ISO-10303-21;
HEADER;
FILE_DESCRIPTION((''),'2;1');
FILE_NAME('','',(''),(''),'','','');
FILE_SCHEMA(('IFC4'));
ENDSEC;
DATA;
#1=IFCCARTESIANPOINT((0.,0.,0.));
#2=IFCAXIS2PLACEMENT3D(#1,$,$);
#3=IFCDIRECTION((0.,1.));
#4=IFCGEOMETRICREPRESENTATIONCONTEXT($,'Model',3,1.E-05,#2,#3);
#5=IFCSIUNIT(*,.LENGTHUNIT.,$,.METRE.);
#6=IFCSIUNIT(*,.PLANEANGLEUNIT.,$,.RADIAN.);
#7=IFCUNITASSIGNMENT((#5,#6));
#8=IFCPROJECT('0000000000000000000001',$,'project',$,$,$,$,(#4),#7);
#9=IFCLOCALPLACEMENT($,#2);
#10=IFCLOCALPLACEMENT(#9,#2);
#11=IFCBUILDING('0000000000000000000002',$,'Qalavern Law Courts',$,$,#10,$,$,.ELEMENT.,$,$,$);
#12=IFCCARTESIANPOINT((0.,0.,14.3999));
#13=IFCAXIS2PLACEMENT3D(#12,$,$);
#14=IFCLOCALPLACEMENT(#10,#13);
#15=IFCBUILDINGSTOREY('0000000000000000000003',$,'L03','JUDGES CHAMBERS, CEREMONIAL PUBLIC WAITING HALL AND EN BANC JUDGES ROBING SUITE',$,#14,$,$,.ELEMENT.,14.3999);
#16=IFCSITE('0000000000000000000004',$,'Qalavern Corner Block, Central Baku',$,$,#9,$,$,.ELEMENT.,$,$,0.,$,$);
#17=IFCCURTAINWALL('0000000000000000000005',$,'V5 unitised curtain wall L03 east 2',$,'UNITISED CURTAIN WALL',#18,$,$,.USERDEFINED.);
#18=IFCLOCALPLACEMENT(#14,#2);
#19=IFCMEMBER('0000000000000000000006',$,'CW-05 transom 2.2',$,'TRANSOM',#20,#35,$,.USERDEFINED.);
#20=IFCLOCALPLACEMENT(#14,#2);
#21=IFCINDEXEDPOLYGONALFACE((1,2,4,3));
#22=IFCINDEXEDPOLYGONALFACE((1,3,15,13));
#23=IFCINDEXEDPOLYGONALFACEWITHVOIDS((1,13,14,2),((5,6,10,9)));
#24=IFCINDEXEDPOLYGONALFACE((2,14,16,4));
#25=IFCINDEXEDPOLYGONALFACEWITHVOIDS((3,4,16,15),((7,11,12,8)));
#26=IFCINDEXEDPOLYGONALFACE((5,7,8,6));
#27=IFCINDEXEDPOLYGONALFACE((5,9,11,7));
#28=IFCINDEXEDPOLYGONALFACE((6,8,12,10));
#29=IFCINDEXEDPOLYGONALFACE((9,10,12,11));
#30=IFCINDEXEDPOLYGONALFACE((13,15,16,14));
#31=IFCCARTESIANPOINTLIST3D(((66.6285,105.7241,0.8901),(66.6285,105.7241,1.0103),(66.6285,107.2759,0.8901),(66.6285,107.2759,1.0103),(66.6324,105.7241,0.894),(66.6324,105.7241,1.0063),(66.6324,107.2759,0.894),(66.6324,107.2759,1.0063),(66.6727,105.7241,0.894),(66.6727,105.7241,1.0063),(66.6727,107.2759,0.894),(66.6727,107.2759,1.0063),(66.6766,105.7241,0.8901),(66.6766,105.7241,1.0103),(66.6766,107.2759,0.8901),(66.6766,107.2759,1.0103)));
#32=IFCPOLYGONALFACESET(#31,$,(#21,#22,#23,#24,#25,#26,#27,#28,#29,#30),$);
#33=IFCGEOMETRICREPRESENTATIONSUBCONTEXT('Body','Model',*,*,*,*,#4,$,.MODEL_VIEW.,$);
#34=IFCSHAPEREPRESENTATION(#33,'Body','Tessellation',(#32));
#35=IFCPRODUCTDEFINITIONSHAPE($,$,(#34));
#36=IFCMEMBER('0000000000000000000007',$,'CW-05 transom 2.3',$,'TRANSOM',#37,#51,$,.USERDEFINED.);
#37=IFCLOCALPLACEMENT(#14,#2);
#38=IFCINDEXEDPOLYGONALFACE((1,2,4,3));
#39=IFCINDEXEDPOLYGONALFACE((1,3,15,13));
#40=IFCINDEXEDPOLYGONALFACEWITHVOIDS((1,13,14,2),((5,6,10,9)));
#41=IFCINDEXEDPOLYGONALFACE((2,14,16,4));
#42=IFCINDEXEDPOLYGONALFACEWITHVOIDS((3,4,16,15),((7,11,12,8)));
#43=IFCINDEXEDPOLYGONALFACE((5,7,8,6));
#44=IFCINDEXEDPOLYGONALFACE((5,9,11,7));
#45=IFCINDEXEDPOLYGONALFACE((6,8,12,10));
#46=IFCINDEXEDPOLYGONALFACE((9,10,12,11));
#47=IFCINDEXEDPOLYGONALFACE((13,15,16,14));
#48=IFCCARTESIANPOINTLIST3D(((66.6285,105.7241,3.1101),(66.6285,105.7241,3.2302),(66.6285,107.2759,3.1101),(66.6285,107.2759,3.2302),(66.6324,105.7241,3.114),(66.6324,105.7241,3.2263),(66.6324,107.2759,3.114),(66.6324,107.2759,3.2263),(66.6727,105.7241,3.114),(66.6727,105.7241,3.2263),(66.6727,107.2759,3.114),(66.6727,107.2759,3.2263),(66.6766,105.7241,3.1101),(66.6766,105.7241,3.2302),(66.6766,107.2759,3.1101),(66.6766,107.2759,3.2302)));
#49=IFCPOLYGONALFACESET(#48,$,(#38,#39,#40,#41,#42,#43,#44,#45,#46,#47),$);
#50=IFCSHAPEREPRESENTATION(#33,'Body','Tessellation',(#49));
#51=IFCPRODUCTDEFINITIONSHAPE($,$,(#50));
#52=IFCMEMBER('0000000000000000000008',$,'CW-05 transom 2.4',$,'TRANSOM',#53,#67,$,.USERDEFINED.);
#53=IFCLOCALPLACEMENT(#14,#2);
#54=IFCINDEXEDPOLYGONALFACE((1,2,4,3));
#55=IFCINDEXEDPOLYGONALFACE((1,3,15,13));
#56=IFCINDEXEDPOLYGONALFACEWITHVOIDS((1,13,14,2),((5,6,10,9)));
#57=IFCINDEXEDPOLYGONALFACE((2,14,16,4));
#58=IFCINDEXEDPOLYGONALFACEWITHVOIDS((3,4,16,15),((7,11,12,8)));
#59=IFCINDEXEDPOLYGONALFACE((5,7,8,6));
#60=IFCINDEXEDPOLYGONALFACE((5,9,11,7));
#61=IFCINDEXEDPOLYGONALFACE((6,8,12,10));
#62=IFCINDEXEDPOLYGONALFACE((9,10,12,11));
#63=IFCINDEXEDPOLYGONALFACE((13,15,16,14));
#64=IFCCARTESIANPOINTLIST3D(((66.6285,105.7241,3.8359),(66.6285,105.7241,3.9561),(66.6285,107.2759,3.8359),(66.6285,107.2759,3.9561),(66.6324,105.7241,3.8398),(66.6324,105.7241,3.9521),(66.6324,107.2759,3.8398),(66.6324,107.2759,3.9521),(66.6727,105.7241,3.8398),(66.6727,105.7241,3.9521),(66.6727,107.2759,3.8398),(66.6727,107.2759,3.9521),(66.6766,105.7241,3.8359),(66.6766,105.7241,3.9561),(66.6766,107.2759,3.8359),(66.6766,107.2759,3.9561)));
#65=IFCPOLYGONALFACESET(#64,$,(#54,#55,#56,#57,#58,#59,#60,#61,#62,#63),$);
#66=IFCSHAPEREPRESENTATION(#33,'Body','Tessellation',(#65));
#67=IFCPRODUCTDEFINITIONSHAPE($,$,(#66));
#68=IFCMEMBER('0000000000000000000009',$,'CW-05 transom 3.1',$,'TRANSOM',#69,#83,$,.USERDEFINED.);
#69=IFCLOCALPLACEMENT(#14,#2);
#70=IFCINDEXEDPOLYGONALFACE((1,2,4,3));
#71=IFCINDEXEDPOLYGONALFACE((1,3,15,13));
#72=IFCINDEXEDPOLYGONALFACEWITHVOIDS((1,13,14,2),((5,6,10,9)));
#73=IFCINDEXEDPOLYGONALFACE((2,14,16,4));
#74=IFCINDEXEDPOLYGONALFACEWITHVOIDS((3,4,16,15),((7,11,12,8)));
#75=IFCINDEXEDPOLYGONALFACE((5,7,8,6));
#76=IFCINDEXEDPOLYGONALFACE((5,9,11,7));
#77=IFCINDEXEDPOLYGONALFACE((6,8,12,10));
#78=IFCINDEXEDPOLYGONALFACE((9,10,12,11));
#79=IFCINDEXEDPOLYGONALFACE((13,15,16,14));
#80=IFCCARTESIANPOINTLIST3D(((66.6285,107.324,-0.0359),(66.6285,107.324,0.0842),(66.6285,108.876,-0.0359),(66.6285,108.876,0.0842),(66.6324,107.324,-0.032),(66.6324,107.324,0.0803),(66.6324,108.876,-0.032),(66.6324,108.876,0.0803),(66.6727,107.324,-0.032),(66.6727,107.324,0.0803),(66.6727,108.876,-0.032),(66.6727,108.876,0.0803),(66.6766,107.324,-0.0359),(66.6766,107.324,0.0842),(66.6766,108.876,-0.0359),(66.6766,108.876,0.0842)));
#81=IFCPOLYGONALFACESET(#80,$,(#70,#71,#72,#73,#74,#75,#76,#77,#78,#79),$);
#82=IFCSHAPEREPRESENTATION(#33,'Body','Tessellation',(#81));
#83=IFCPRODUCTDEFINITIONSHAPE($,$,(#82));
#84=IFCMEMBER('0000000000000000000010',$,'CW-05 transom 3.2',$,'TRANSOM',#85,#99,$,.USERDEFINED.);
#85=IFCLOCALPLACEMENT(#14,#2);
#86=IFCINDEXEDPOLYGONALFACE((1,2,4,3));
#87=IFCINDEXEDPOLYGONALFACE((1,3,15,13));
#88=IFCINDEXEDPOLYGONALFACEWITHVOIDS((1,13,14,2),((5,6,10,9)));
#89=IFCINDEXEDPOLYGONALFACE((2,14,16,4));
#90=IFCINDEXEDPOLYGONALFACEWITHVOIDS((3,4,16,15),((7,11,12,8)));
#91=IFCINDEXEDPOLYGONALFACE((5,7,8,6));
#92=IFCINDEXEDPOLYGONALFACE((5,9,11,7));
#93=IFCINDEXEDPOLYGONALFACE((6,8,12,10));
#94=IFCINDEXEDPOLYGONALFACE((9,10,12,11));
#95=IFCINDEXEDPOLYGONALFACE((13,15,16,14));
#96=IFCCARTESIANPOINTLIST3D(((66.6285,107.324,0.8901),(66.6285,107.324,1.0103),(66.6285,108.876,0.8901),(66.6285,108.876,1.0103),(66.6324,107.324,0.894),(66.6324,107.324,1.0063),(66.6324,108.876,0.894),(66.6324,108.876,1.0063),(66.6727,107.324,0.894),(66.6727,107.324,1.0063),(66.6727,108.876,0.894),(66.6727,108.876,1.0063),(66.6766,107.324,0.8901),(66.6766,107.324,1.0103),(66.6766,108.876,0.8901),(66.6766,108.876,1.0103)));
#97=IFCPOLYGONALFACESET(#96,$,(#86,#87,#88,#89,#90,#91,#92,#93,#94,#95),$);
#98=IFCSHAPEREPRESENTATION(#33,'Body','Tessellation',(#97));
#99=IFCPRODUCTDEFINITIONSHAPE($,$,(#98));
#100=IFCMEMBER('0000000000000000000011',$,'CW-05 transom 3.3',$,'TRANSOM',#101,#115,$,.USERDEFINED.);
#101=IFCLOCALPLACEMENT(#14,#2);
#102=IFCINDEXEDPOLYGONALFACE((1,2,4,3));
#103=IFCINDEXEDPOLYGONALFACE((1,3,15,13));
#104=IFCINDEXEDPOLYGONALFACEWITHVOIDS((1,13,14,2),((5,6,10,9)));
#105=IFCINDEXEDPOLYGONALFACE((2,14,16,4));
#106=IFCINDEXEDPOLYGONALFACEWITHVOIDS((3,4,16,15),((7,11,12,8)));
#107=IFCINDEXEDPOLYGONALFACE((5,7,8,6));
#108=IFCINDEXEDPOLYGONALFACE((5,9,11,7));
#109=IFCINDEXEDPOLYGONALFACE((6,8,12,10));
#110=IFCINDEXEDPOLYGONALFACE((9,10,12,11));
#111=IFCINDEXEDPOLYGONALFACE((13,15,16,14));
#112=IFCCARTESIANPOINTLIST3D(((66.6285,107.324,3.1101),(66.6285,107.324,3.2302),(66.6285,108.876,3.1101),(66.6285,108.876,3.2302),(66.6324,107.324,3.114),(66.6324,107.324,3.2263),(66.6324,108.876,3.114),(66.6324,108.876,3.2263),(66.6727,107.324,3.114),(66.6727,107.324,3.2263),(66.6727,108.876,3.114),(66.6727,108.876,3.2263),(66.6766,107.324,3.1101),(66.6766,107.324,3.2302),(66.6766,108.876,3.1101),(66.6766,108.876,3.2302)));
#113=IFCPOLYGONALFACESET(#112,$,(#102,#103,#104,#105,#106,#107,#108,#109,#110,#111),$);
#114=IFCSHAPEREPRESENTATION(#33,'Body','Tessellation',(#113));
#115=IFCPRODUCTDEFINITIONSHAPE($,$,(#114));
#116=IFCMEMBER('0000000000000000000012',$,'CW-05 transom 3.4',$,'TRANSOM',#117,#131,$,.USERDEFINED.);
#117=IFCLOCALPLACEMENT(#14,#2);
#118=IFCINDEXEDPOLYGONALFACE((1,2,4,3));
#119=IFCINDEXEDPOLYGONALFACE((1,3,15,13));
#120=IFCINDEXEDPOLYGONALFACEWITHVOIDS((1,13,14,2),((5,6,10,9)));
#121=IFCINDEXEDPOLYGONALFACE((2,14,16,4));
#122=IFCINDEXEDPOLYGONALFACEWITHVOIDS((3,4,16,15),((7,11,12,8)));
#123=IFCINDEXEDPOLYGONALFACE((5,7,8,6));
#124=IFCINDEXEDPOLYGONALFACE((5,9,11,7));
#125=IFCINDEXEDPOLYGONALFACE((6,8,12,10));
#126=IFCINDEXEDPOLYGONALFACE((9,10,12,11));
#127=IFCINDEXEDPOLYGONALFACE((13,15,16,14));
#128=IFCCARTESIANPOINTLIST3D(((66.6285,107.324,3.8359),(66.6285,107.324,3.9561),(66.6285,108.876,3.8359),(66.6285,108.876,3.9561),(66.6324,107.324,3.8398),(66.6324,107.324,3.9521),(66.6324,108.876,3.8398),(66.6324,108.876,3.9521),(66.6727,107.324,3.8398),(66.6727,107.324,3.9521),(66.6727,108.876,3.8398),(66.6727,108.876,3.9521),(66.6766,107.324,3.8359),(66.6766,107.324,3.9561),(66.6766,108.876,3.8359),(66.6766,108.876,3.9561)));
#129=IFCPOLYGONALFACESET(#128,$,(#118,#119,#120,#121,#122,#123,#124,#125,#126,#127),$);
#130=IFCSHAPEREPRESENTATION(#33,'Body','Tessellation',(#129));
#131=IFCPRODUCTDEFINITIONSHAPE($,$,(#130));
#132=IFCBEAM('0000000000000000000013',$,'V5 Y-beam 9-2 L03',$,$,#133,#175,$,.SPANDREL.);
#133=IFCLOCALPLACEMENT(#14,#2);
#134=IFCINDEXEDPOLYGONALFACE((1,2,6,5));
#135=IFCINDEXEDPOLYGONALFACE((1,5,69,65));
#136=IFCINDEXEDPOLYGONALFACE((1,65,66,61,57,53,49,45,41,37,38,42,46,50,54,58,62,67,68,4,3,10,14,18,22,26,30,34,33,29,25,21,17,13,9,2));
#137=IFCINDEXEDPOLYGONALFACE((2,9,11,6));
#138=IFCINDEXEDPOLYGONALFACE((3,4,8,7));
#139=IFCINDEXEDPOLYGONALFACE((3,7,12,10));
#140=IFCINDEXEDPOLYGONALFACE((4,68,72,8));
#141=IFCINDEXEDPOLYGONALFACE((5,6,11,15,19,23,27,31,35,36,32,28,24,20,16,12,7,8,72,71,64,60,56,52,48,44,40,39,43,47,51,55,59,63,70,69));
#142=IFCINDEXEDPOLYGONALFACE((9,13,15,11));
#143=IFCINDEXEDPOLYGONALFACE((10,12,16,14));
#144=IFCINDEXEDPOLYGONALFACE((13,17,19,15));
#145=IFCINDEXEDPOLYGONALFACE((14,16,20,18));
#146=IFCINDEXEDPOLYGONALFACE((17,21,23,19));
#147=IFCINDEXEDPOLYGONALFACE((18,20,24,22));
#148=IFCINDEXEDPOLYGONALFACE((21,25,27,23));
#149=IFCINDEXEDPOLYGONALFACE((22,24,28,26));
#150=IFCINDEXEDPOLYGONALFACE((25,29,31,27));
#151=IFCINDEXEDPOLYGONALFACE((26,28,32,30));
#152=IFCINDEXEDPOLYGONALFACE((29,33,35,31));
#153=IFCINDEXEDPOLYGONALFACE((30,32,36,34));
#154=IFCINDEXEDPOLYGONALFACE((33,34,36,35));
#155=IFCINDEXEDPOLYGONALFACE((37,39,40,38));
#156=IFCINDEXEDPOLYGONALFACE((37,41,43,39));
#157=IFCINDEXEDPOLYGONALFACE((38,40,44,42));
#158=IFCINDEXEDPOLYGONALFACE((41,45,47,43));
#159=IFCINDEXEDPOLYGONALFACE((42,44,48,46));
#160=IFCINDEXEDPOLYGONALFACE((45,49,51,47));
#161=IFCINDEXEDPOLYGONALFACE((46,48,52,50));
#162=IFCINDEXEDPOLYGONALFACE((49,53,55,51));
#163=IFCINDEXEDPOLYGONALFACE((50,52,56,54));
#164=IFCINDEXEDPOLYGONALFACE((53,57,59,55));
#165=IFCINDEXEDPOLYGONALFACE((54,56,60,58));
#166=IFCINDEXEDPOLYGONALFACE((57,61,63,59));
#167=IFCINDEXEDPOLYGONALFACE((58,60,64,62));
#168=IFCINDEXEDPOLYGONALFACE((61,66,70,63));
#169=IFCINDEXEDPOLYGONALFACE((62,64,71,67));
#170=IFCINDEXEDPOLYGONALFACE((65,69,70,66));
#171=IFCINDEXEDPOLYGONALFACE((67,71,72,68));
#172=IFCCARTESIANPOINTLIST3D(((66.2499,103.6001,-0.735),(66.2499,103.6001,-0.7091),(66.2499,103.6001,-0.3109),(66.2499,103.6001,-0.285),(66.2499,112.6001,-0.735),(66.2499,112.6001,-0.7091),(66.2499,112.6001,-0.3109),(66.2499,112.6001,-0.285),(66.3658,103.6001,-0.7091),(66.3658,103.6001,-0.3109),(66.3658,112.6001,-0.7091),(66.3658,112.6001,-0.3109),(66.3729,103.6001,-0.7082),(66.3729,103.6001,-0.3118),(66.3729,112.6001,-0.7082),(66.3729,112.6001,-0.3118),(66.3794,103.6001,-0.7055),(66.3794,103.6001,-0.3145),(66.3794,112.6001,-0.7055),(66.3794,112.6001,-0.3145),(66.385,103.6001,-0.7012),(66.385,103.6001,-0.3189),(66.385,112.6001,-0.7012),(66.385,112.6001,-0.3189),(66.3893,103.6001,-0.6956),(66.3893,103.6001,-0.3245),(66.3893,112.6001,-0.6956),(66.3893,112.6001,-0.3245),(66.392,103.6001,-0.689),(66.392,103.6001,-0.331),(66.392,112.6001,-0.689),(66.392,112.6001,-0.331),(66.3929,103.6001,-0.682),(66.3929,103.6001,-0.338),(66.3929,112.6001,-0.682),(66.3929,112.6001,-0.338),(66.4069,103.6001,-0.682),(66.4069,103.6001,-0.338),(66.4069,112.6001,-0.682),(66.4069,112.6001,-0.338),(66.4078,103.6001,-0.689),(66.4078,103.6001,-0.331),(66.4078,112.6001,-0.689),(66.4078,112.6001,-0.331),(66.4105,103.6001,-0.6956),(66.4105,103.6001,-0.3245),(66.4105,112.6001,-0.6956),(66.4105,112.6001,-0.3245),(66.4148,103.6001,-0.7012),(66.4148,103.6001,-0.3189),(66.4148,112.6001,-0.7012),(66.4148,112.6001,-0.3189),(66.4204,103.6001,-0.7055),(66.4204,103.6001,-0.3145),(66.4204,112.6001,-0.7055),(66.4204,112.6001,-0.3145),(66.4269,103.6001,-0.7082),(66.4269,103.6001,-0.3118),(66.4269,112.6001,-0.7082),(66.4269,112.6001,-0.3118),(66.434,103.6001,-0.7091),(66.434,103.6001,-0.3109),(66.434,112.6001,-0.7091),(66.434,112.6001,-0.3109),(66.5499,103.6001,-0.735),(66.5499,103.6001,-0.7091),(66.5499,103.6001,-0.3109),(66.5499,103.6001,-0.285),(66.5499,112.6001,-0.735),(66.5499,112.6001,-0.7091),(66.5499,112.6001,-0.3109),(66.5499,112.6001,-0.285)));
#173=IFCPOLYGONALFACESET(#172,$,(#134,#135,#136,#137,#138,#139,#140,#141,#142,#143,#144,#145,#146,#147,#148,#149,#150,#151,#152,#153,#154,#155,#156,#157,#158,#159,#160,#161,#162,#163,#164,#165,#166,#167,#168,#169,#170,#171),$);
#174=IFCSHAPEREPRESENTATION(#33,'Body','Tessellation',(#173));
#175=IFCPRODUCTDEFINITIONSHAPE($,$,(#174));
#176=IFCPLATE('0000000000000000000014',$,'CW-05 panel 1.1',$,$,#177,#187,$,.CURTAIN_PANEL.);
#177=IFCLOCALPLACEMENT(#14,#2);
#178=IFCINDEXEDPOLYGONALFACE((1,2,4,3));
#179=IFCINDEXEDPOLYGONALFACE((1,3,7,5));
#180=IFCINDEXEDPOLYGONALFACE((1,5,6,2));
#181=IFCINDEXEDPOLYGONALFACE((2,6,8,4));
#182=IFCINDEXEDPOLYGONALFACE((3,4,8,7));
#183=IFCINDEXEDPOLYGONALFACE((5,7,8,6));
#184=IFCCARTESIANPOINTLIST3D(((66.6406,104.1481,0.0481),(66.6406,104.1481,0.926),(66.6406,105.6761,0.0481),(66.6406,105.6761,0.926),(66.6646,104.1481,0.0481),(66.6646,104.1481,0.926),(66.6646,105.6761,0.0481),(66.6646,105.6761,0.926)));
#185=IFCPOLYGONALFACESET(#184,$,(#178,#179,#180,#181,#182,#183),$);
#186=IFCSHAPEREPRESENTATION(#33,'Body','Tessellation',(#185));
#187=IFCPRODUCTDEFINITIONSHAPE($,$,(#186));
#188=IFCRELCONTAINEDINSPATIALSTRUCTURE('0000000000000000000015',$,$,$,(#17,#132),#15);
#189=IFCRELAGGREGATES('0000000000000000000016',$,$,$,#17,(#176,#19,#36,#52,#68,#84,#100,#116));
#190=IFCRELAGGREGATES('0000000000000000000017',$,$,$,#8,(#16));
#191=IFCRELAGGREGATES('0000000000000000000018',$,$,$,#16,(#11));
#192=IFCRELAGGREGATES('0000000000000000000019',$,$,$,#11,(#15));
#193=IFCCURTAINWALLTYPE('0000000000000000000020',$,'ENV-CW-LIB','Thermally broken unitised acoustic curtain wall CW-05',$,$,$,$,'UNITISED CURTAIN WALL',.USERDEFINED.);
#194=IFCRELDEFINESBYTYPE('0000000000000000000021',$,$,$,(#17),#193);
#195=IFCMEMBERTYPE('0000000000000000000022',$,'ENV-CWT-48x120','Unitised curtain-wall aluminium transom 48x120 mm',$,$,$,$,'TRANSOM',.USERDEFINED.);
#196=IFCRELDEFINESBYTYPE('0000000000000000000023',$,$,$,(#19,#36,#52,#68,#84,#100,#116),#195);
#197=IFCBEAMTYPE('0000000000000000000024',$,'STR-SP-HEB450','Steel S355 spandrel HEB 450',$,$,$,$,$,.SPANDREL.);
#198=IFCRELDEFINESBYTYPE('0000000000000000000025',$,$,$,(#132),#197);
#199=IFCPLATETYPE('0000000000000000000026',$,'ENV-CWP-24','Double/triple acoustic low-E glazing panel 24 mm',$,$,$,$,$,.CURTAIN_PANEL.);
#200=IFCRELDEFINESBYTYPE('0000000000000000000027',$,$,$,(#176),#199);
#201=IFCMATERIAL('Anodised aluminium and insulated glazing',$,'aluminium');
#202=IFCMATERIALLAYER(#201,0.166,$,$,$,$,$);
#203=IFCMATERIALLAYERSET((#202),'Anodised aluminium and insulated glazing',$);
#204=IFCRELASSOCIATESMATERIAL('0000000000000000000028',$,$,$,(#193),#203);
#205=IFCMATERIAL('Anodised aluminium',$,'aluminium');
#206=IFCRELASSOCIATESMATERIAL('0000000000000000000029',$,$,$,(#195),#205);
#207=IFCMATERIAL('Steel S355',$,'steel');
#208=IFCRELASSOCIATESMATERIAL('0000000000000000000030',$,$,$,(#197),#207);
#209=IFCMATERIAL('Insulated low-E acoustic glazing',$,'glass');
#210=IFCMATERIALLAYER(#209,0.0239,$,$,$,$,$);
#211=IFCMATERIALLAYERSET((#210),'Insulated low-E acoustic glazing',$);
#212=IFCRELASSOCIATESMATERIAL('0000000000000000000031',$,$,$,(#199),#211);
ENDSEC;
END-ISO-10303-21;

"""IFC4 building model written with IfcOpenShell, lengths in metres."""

from ifc_helpers import new_model, si_unit, direction, frame, origin, origin_2d, place, context, subcontext, project, spatial, rectangle, hollow_rectangle, i_section, extrude, material, layer, layer_set, material_profile, profile_set, type_object, element, aggregate, save


model = new_model("IFC4")

# Units and contexts
model_context = context("Model", 3, precision=1e-05, world=origin(), true_north=direction((0.0, 1.0)))
body_context = subcontext(model_context, "Body", "Model", "MODEL_VIEW")
ifc_project = project(units=[si_unit("LENGTHUNIT", "METRE"), si_unit("PLANEANGLEUNIT", "RADIAN")], contexts=[model_context])

# Site, building, storey
site_placement = place(None, origin())
site = spatial("IfcSite", under=ifc_project, at=site_placement, Name="Qalavern Corner Block, Central Baku", CompositionType="ELEMENT", RefElevation=0.0)
building_placement = place(site_placement, origin())
building = spatial("IfcBuilding", under=site, at=building_placement, Name="Qalavern Law Courts", CompositionType="ELEMENT")
storey_placement = place(building_placement, frame((0.0, 0.0, 14.3999)))
storey = spatial("IfcBuildingStorey", under=building, at=storey_placement, Name="L03", Description="JUDGES CHAMBERS, CEREMONIAL PUBLIC WAITING HALL AND EN BANC JUDGES ROBING SUITE", CompositionType="ELEMENT", Elevation=14.3999)

# Shared definitions
ifc_material_1 = material(Name="Anodised aluminium and insulated glazing", Category="aluminium")
ifc_layer_1 = layer(ifc_material_1, 0.166)
ifc_layer_set_1 = layer_set([ifc_layer_1], Name="Anodised aluminium and insulated glazing")
curtain_wall_type = type_object("IfcCurtainWallType", Name="ENV-CW-LIB", Description="Thermally broken unitised acoustic curtain wall CW-05", ElementType="UNITISED CURTAIN WALL", PredefinedType="USERDEFINED", material=ifc_layer_set_1)
ifc_material_2 = material(Name="Anodised aluminium", Category="aluminium")

# Curtain wall
curtain_wall_1_placement = place(storey_placement, origin())
curtain_wall_1 = element("IfcCurtainWall", 1, at=curtain_wall_1_placement, inside=storey, type_object=curtain_wall_type, Name="V5 unitised curtain wall L03 east 2", ObjectType="UNITISED CURTAIN WALL", PredefinedType="USERDEFINED")

# Members
ifc_material_profile_1 = material_profile(ifc_material_2, hollow_rectangle(XDim=0.0481, YDim=0.1201, WallThickness=0.0039, at=origin_2d()), Name="ALU TRANSOM 48x120")
ifc_profile_set_1 = profile_set([ifc_material_profile_1], Name="Anodised aluminium")
member_type_1 = type_object("IfcMemberType", Name="ENV-CWT-48x120", Description="Unitised curtain-wall aluminium transom 48x120 mm", ElementType="TRANSOM", PredefinedType="USERDEFINED", material=ifc_profile_set_1)
member_1_placement = place(storey_placement, frame((66.6526, 105.7241, 0.9502), z_axis=(0.0, 1.0, 0.0), x_axis=(-1.0, 0.0, 0.0)))
member_1 = element("IfcMember", 2, at=member_1_placement, type_object=member_type_1, Name="CW-05 transom 2.2", ObjectType="TRANSOM", PredefinedType="USERDEFINED", context=body_context, shape_type="SweptSolid", body=[
    extrude(hollow_rectangle(XDim=0.0481, YDim=0.1201, WallThickness=0.0039, at=origin_2d()), origin(), (0.0, 0.0, 1.0), 1.5518),
])
member_2_placement = place(storey_placement, frame((66.6526, 105.7241, 3.1702), z_axis=(0.0, 1.0, 0.0), x_axis=(-1.0, 0.0, 0.0)))
member_2 = element("IfcMember", 3, at=member_2_placement, type_object=member_type_1, Name="CW-05 transom 2.3", ObjectType="TRANSOM", PredefinedType="USERDEFINED", context=body_context, shape_type="SweptSolid", body=[
    extrude(hollow_rectangle(XDim=0.0481, YDim=0.1201, WallThickness=0.0039, at=origin_2d()), origin(), (0.0, 0.0, 1.0), 1.5518),
])
member_3_placement = place(storey_placement, frame((66.6526, 105.7241, 3.896), z_axis=(0.0, 1.0, 0.0), x_axis=(-1.0, 0.0, 0.0)))
member_3 = element("IfcMember", 4, at=member_3_placement, type_object=member_type_1, Name="CW-05 transom 2.4", ObjectType="TRANSOM", PredefinedType="USERDEFINED", context=body_context, shape_type="SweptSolid", body=[
    extrude(hollow_rectangle(XDim=0.0481, YDim=0.1201, WallThickness=0.0039, at=origin_2d()), origin(), (0.0, 0.0, 1.0), 1.5518),
])
member_4_placement = place(storey_placement, frame((66.6526, 107.324, 0.0242), z_axis=(0.0, 1.0, 0.0), x_axis=(-1.0, 0.0, 0.0)))
member_4 = element("IfcMember", 5, at=member_4_placement, type_object=member_type_1, Name="CW-05 transom 3.1", ObjectType="TRANSOM", PredefinedType="USERDEFINED", context=body_context, shape_type="SweptSolid", body=[
    extrude(hollow_rectangle(XDim=0.0481, YDim=0.1201, WallThickness=0.0039, at=origin_2d()), origin(), (0.0, 0.0, 1.0), 1.552),
])
member_5_placement = place(storey_placement, frame((66.6526, 107.324, 0.9502), z_axis=(0.0, 1.0, 0.0), x_axis=(-1.0, 0.0, 0.0)))
member_5 = element("IfcMember", 6, at=member_5_placement, type_object=member_type_1, Name="CW-05 transom 3.2", ObjectType="TRANSOM", PredefinedType="USERDEFINED", context=body_context, shape_type="SweptSolid", body=[
    extrude(hollow_rectangle(XDim=0.0481, YDim=0.1201, WallThickness=0.0039, at=origin_2d()), origin(), (0.0, 0.0, 1.0), 1.552),
])
member_6_placement = place(storey_placement, frame((66.6526, 107.324, 3.1702), z_axis=(0.0, 1.0, 0.0), x_axis=(-1.0, 0.0, 0.0)))
member_6 = element("IfcMember", 7, at=member_6_placement, type_object=member_type_1, Name="CW-05 transom 3.3", ObjectType="TRANSOM", PredefinedType="USERDEFINED", context=body_context, shape_type="SweptSolid", body=[
    extrude(hollow_rectangle(XDim=0.0481, YDim=0.1201, WallThickness=0.0039, at=origin_2d()), origin(), (0.0, 0.0, 1.0), 1.552),
])
member_7_placement = place(storey_placement, frame((66.6526, 107.324, 3.896), z_axis=(0.0, 1.0, 0.0), x_axis=(-1.0, 0.0, 0.0)))
member_7 = element("IfcMember", 8, at=member_7_placement, type_object=member_type_1, Name="CW-05 transom 3.4", ObjectType="TRANSOM", PredefinedType="USERDEFINED", context=body_context, shape_type="SweptSolid", body=[
    extrude(hollow_rectangle(XDim=0.0481, YDim=0.1201, WallThickness=0.0039, at=origin_2d()), origin(), (0.0, 0.0, 1.0), 1.552),
])

# Beam
ifc_material_3 = material(Name="Steel S355", Category="steel")
ifc_material_profile_2 = material_profile(ifc_material_3, i_section(OverallWidth=0.3, OverallDepth=0.45, WebThickness=0.0139, FlangeThickness=0.0259, FilletRadius=0.0271, at=origin_2d()), Name="HEB 450")
ifc_profile_set_2 = profile_set([ifc_material_profile_2], Name="Steel S355")
beam_type = type_object("IfcBeamType", Name="STR-SP-HEB450", Description="Steel S355 spandrel HEB 450", PredefinedType="SPANDREL", material=ifc_profile_set_2)
beam_placement = place(storey_placement, frame((66.3999, 103.6001, -0.51), z_axis=(0.0, 1.0, 0.0), x_axis=(-1.0, 0.0, 0.0)))
element("IfcBeam", 9, at=beam_placement, inside=storey, type_object=beam_type, Name="V5 Y-beam 9-2 L03", PredefinedType="SPANDREL", context=body_context, shape_type="SweptSolid", body=[
    extrude(i_section(OverallWidth=0.3, OverallDepth=0.45, WebThickness=0.0139, FlangeThickness=0.0259, FilletRadius=0.0271, at=origin_2d()), origin(), (0.0, 0.0, 1.0), 9.0),
])

# Plate
ifc_material_4 = material(Name="Insulated low-E acoustic glazing", Category="glass")
ifc_layer_2 = layer(ifc_material_4, 0.0239)
ifc_layer_set_2 = layer_set([ifc_layer_2], Name="Insulated low-E acoustic glazing")
plate_type_1 = type_object("IfcPlateType", Name="ENV-CWP-24", Description="Double/triple acoustic low-E glazing panel 24 mm", PredefinedType="CURTAIN_PANEL", material=ifc_layer_set_2)
plate_1_placement = place(storey_placement, frame((66.6526, 104.9121, 0.0481), z_axis=(0.0, 0.0, 1.0), x_axis=(0.0, 1.0, 0.0)))
plate_1 = element("IfcPlate", 10, at=plate_1_placement, type_object=plate_type_1, Name="CW-05 panel 1.1", PredefinedType="CURTAIN_PANEL", context=body_context, shape_type="SweptSolid", body=[
    extrude(rectangle(XDim=1.5281, YDim=0.0239, at=origin_2d()), origin(), (0.0, 0.0, 1.0), 0.8779),
])
aggregate(curtain_wall_1, [plate_1, member_1, member_2, member_3, member_4, member_5, member_6, member_7])

save(model, "model.ifc")
